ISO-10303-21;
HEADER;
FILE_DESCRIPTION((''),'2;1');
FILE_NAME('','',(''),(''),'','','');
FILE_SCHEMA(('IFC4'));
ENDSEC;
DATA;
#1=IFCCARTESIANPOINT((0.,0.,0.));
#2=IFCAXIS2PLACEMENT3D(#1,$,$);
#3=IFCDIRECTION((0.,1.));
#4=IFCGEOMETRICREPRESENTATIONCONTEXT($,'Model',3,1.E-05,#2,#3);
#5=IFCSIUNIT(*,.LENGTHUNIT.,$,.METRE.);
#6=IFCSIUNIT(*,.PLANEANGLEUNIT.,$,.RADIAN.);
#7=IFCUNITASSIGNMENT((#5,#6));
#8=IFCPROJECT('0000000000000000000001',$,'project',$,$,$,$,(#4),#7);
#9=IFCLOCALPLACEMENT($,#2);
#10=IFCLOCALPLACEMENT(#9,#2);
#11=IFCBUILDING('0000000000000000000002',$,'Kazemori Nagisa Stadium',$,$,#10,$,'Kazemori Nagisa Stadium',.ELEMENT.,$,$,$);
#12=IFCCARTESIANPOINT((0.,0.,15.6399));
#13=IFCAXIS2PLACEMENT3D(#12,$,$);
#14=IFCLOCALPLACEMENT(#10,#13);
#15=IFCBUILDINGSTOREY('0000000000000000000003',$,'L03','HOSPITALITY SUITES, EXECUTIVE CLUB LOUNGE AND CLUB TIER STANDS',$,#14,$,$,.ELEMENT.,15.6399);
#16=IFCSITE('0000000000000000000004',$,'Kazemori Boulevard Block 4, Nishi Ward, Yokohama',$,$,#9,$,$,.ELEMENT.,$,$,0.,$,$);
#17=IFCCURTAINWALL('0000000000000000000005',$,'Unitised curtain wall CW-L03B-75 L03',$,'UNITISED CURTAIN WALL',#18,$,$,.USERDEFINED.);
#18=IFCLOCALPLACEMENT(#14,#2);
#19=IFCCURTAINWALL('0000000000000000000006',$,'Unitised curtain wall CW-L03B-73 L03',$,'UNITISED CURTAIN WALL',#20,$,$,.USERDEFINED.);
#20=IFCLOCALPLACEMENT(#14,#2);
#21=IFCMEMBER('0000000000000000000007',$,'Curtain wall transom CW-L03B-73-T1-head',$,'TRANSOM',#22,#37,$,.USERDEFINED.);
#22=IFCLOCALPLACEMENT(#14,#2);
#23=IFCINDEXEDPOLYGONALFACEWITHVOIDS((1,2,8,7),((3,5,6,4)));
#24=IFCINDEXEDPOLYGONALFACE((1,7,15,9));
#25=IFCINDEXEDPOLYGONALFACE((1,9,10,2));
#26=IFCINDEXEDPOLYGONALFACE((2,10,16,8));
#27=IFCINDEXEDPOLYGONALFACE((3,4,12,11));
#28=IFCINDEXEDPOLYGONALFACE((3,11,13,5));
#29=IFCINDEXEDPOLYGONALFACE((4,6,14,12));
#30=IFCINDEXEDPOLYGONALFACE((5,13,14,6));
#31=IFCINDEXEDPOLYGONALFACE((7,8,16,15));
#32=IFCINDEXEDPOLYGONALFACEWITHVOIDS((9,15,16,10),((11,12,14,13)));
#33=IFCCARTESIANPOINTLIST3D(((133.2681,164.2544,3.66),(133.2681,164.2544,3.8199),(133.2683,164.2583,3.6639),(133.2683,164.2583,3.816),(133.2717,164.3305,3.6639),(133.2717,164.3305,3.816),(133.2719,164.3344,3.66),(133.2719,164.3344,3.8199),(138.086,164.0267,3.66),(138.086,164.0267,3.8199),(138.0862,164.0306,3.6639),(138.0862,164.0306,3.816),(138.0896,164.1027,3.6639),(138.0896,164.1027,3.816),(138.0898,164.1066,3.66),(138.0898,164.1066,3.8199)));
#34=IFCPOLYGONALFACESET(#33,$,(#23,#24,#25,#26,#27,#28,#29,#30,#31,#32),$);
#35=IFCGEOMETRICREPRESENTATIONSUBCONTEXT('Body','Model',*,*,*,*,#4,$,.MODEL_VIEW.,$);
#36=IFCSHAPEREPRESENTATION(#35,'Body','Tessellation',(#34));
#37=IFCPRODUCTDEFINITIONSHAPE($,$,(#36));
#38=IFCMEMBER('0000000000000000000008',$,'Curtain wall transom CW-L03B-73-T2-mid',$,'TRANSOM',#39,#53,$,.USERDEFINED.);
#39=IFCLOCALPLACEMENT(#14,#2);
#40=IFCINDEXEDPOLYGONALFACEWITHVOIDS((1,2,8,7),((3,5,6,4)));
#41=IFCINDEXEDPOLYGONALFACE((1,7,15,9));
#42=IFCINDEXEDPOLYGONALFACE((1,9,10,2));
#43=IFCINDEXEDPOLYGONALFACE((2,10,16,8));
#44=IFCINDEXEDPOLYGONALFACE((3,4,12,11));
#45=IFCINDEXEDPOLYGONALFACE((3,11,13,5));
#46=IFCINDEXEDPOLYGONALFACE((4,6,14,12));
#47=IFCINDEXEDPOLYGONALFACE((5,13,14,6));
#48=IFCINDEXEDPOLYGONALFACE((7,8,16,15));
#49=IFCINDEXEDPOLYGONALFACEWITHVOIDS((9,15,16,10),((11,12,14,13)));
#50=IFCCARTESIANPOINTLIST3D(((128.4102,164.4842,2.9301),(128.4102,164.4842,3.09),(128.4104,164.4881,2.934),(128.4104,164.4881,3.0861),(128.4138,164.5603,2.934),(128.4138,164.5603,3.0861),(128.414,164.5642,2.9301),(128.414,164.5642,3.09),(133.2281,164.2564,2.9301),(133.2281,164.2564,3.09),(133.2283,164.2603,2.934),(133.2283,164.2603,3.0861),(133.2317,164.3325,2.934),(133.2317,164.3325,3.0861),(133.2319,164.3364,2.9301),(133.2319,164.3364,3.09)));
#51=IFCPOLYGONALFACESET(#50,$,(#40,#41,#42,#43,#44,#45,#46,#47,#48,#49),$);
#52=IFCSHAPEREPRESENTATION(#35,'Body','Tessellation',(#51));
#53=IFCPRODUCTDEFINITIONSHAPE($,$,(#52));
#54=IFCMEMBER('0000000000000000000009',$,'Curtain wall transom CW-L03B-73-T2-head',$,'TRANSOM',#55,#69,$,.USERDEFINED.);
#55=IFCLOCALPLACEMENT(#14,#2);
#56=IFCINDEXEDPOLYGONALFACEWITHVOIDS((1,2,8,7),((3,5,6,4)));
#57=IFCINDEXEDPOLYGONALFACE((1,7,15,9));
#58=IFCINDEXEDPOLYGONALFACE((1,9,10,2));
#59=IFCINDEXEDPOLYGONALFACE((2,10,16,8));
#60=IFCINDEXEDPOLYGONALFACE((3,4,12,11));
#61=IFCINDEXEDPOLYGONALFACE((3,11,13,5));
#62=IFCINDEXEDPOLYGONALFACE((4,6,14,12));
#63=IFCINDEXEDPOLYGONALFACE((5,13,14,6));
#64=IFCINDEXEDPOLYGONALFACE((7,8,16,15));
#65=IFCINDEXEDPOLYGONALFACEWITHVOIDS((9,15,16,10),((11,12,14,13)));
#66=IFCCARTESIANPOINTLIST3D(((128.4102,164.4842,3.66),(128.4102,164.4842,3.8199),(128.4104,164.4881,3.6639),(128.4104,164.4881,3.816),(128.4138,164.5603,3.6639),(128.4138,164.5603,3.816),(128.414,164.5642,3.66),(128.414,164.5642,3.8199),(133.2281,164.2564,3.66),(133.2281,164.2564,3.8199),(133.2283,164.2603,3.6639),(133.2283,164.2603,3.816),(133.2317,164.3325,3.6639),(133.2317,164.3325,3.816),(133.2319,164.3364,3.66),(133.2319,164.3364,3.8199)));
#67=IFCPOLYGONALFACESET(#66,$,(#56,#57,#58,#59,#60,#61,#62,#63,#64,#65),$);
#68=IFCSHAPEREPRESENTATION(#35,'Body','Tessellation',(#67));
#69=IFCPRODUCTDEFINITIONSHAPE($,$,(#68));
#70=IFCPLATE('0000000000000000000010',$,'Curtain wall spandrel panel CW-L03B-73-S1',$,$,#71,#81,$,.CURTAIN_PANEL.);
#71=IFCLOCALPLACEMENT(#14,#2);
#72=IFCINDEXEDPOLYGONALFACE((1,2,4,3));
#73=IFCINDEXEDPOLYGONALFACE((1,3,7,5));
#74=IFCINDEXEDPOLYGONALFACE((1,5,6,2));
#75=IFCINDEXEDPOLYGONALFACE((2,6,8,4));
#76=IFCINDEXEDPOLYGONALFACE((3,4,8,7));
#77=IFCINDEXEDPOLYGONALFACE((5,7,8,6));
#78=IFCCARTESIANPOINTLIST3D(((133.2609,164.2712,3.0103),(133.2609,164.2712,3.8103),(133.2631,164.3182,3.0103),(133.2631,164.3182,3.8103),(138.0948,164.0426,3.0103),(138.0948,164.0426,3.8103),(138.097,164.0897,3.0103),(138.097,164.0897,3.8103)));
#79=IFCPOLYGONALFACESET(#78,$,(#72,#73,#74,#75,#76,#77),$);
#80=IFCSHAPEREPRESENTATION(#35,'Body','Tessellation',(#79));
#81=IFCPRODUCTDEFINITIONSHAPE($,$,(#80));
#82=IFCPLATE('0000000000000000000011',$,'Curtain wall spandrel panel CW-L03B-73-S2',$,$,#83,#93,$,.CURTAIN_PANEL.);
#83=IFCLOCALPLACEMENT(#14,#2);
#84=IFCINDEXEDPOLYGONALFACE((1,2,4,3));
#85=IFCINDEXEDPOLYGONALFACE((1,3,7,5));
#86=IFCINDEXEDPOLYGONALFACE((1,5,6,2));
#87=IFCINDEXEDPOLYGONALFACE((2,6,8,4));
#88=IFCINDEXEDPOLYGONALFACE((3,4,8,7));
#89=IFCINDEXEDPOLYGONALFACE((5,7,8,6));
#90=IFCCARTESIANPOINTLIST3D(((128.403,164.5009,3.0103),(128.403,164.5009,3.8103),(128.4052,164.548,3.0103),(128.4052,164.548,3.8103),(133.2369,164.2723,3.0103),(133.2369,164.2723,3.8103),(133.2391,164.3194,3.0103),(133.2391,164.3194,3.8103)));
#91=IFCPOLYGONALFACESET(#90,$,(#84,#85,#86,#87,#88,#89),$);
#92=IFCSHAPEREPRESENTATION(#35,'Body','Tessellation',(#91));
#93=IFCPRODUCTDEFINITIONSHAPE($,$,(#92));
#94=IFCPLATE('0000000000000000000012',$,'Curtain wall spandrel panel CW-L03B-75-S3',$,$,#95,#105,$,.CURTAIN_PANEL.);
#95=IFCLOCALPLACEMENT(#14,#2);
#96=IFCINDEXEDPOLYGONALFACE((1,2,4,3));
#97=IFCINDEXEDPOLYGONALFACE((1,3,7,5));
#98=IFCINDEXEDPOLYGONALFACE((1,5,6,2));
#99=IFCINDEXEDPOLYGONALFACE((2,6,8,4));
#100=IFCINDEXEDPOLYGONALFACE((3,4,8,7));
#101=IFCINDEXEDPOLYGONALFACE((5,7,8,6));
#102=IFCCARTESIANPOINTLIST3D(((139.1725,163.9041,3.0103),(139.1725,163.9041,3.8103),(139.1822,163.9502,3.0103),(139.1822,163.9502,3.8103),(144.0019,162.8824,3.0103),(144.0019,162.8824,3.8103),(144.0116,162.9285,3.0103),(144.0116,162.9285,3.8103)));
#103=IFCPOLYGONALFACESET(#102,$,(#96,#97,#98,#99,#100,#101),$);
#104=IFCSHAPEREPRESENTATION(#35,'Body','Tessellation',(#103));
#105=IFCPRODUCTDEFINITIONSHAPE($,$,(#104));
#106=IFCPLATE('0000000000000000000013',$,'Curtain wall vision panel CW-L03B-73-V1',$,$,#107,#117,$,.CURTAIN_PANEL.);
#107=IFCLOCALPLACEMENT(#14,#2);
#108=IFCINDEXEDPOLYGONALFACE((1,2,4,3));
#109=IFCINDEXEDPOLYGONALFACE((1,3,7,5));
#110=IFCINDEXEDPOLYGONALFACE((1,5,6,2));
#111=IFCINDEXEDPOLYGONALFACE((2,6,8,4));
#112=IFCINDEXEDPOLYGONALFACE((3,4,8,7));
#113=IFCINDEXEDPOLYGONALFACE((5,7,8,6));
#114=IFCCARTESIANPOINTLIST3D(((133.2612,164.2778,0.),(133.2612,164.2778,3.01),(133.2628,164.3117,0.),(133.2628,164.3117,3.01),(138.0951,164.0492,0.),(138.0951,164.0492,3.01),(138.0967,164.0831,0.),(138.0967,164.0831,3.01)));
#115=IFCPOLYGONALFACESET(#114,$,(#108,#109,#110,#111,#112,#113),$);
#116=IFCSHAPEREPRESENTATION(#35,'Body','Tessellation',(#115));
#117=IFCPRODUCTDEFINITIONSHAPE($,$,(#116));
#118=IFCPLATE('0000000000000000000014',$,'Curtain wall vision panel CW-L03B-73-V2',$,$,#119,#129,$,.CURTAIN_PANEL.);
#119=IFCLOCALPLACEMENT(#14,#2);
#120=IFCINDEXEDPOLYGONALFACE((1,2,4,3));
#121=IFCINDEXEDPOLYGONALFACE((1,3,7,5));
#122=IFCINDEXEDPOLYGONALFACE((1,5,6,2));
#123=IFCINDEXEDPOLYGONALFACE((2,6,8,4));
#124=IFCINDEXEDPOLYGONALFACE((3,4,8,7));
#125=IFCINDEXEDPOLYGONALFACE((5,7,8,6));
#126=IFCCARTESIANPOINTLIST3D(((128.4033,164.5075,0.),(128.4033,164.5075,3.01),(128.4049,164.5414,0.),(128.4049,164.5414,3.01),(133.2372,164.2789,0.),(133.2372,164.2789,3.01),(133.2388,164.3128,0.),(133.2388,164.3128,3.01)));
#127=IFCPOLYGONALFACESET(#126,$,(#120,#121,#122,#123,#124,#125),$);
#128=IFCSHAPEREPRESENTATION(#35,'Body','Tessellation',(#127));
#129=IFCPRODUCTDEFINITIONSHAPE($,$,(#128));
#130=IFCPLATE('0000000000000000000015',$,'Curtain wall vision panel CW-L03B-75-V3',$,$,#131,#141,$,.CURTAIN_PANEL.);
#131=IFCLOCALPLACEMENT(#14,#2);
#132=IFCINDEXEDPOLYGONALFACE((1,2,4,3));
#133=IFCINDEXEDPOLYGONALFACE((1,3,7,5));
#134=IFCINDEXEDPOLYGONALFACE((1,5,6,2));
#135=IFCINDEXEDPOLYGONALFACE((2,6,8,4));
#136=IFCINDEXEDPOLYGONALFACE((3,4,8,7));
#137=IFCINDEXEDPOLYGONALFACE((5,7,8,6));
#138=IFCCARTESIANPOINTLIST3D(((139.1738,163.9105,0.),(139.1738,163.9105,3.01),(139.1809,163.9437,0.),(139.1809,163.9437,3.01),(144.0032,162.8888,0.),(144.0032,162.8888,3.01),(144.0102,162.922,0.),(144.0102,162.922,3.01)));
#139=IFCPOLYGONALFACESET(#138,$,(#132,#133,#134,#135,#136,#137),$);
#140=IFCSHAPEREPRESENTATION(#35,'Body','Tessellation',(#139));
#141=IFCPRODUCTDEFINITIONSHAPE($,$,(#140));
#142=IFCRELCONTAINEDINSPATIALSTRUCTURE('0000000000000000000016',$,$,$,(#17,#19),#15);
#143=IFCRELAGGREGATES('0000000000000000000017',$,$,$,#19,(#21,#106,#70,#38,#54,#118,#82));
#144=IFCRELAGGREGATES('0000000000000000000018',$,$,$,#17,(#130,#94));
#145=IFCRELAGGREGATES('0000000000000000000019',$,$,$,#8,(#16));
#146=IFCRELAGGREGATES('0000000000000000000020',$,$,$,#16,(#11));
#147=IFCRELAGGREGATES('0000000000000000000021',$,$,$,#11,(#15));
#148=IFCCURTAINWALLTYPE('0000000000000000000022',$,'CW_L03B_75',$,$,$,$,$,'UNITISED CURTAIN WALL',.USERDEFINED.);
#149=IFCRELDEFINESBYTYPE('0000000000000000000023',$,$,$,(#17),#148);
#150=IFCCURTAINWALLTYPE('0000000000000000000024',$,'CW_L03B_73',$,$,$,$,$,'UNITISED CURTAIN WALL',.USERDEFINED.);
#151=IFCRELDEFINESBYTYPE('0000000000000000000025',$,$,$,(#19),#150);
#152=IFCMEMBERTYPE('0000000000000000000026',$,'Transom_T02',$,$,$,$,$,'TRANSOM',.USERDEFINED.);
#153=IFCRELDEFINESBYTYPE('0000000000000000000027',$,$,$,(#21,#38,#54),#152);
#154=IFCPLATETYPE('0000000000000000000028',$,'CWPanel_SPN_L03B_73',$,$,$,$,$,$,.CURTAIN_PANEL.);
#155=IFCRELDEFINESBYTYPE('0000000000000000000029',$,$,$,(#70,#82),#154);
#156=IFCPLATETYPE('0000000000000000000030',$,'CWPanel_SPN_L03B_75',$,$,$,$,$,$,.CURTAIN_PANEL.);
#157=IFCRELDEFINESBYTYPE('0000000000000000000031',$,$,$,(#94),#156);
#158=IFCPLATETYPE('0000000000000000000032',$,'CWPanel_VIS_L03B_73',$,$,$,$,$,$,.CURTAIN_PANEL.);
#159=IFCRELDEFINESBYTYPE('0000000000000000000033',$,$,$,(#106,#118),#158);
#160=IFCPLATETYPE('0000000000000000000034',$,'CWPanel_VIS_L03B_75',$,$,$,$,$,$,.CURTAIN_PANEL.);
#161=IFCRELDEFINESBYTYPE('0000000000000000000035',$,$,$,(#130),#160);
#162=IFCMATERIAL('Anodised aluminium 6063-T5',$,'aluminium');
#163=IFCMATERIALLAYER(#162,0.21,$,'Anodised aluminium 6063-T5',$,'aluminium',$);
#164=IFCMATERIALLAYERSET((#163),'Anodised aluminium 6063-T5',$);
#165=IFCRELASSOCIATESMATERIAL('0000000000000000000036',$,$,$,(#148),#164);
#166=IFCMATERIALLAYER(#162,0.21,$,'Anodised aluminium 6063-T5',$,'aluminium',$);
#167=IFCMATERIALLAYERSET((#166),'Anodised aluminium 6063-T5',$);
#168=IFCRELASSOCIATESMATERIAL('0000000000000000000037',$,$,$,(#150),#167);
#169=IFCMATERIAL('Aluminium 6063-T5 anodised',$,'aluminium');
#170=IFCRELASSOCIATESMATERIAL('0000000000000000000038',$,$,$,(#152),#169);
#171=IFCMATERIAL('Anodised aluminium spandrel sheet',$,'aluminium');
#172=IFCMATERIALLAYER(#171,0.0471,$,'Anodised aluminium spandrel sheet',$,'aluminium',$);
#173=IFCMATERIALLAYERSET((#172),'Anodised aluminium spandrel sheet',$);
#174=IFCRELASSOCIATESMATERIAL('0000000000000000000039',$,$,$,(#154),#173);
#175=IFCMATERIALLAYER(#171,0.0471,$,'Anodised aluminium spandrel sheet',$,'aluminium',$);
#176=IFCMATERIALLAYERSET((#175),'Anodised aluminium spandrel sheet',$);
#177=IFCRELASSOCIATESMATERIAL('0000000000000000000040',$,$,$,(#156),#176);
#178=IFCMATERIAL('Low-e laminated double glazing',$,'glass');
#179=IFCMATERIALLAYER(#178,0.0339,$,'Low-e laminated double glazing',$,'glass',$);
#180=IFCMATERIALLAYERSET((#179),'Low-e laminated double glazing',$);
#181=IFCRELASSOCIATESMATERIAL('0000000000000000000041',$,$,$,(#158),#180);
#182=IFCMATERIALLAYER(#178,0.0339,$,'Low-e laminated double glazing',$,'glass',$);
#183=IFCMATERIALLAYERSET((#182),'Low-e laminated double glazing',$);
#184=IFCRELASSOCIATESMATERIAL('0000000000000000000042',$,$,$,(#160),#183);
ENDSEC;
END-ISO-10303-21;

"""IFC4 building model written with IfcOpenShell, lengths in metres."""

from ifc_helpers import new_model, si_unit, direction, frame, origin, origin_2d, place, context, subcontext, project, spatial, rectangle, hollow_rectangle, extrude, material, layer, layer_set, material_profile, profile_set, type_object, element, aggregate, save


model = new_model("IFC4")

# Units and contexts
model_context = context("Model", 3, precision=1e-05, world=origin(), true_north=direction((0.0, 1.0)))
body_context = subcontext(model_context, "Body", "Model", "MODEL_VIEW")
ifc_project = project(units=[si_unit("LENGTHUNIT", "METRE"), si_unit("PLANEANGLEUNIT", "RADIAN")], contexts=[model_context])

# Site, building, storey
site_placement = place(None, origin())
site = spatial("IfcSite", under=ifc_project, at=site_placement, Name="Kazemori Boulevard Block 4, Nishi Ward, Yokohama", CompositionType="ELEMENT", RefElevation=0.0)
building_placement = place(site_placement, origin())
building = spatial("IfcBuilding", under=site, at=building_placement, Name="Kazemori Nagisa Stadium", LongName="Kazemori Nagisa Stadium", CompositionType="ELEMENT")
storey_placement = place(building_placement, frame((0.0, 0.0, 15.6399)))
storey = spatial("IfcBuildingStorey", under=building, at=storey_placement, Name="L03", Description="HOSPITALITY SUITES, EXECUTIVE CLUB LOUNGE AND CLUB TIER STANDS", CompositionType="ELEMENT", Elevation=15.6399)

# Curtain wall
ifc_material_1 = material(Name="Anodised aluminium 6063-T5", Category="aluminium")
ifc_layer_1 = layer(ifc_material_1, 0.21, Name="Anodised aluminium 6063-T5", Category="aluminium")
ifc_layer_set_1 = layer_set([ifc_layer_1], Name="Anodised aluminium 6063-T5")
curtain_wall_type_1 = type_object("IfcCurtainWallType", Name="CW_L03B_75", ElementType="UNITISED CURTAIN WALL", PredefinedType="USERDEFINED", material=ifc_layer_set_1)
curtain_wall_1_placement = place(storey_placement, origin())
curtain_wall_1 = element("IfcCurtainWall", 1, at=curtain_wall_1_placement, inside=storey, type_object=curtain_wall_type_1, Name="Unitised curtain wall CW-L03B-75 L03", ObjectType="UNITISED CURTAIN WALL", PredefinedType="USERDEFINED")
ifc_material_2 = material(Name="Aluminium 6063-T5 anodised", Category="aluminium")

# Curtain wall
ifc_layer_2 = layer(ifc_material_1, 0.21, Name="Anodised aluminium 6063-T5", Category="aluminium")
ifc_layer_set_2 = layer_set([ifc_layer_2], Name="Anodised aluminium 6063-T5")
curtain_wall_type_2 = type_object("IfcCurtainWallType", Name="CW_L03B_73", ElementType="UNITISED CURTAIN WALL", PredefinedType="USERDEFINED", material=ifc_layer_set_2)
curtain_wall_2_placement = place(storey_placement, origin())
curtain_wall_2 = element("IfcCurtainWall", 2, at=curtain_wall_2_placement, inside=storey, type_object=curtain_wall_type_2, Name="Unitised curtain wall CW-L03B-73 L03", ObjectType="UNITISED CURTAIN WALL", PredefinedType="USERDEFINED")

# Members
ifc_material_profile_1 = material_profile(ifc_material_2, hollow_rectangle(XDim=0.0801, YDim=0.1599, WallThickness=0.0039, at=origin_2d()), Name="ALU-TRAN-80x160x4")
ifc_profile_set_1 = profile_set([ifc_material_profile_1], Name="Aluminium 6063-T5 anodised")
member_type_1 = type_object("IfcMemberType", Name="Transom_T02", ElementType="TRANSOM", PredefinedType="USERDEFINED", material=ifc_profile_set_1)
member_1_placement = place(storey_placement, frame((138.0879, 164.0667, 3.74), z_axis=(-0.998884, 0.047226, 0.0), x_axis=(-0.047226, -0.998884, 0.0)))
member_1 = element("IfcMember", 3, at=member_1_placement, type_object=member_type_1, Name="Curtain wall transom CW-L03B-73-T1-head", ObjectType="TRANSOM", PredefinedType="USERDEFINED", context=body_context, shape_type="SweptSolid", body=[
    extrude(hollow_rectangle(XDim=0.0801, YDim=0.1599, WallThickness=0.0039, at=origin_2d()), origin(), (0.0, 0.0, 1.0), 4.8232),
])
member_2_placement = place(storey_placement, frame((133.23, 164.2964, 3.01), z_axis=(-0.998884, 0.047226, 0.0), x_axis=(-0.047226, -0.998884, 0.0)))
member_2 = element("IfcMember", 4, at=member_2_placement, type_object=member_type_1, Name="Curtain wall transom CW-L03B-73-T2-mid", ObjectType="TRANSOM", PredefinedType="USERDEFINED", context=body_context, shape_type="SweptSolid", body=[
    extrude(hollow_rectangle(XDim=0.0801, YDim=0.1599, WallThickness=0.0039, at=origin_2d()), origin(), (0.0, 0.0, 1.0), 4.8232),
])
member_3_placement = place(storey_placement, frame((133.23, 164.2964, 3.74), z_axis=(-0.998884, 0.047226, 0.0), x_axis=(-0.047226, -0.998884, 0.0)))
member_3 = element("IfcMember", 5, at=member_3_placement, type_object=member_type_1, Name="Curtain wall transom CW-L03B-73-T2-head", ObjectType="TRANSOM", PredefinedType="USERDEFINED", context=body_context, shape_type="SweptSolid", body=[
    extrude(hollow_rectangle(XDim=0.0801, YDim=0.1599, WallThickness=0.0039, at=origin_2d()), origin(), (0.0, 0.0, 1.0), 4.8232),
])

# Plates
ifc_material_3 = material(Name="Anodised aluminium spandrel sheet", Category="aluminium")
ifc_layer_3 = layer(ifc_material_3, 0.0471, Name="Anodised aluminium spandrel sheet", Category="aluminium")
ifc_layer_set_3 = layer_set([ifc_layer_3], Name="Anodised aluminium spandrel sheet")
plate_type_1 = type_object("IfcPlateType", Name="CWPanel_SPN_L03B_73", PredefinedType="CURTAIN_PANEL", material=ifc_layer_set_3)
plate_1_placement = place(storey_placement, frame((135.679, 164.1804, 3.0103), z_axis=(0.0, 0.0, 1.0), x_axis=(-0.998884, 0.04723, 0.0)))
plate_1 = element("IfcPlate", 6, at=plate_1_placement, type_object=plate_type_1, Name="Curtain wall spandrel panel CW-L03B-73-S1", PredefinedType="CURTAIN_PANEL", context=body_context, shape_type="SweptSolid", body=[
    extrude(rectangle(XDim=4.8394, YDim=0.0471, at=origin_2d()), origin(), (0.0, 0.0, 1.0), 0.8),
])
plate_2_placement = place(storey_placement, frame((130.821, 164.4102, 3.0103), z_axis=(0.0, 0.0, 1.0), x_axis=(-0.998884, 0.04723, 0.0)))
plate_2 = element("IfcPlate", 7, at=plate_2_placement, type_object=plate_type_1, Name="Curtain wall spandrel panel CW-L03B-73-S2", PredefinedType="CURTAIN_PANEL", context=body_context, shape_type="SweptSolid", body=[
    extrude(rectangle(XDim=4.8394, YDim=0.0471, at=origin_2d()), origin(), (0.0, 0.0, 1.0), 0.8),
])
ifc_layer_4 = layer(ifc_material_3, 0.0471, Name="Anodised aluminium spandrel sheet", Category="aluminium")
ifc_layer_set_4 = layer_set([ifc_layer_4], Name="Anodised aluminium spandrel sheet")
plate_type_2 = type_object("IfcPlateType", Name="CWPanel_SPN_L03B_75", PredefinedType="CURTAIN_PANEL", material=ifc_layer_set_4)
plate_3_placement = place(storey_placement, frame((141.592, 163.4163, 3.0103), z_axis=(0.0, 0.0, 1.0), x_axis=(-0.978345, 0.206981, 0.0)))
plate_3 = element("IfcPlate", 8, at=plate_3_placement, type_object=plate_type_2, Name="Curtain wall spandrel panel CW-L03B-75-S3", PredefinedType="CURTAIN_PANEL", context=body_context, shape_type="SweptSolid", body=[
    extrude(rectangle(XDim=4.9363, YDim=0.0471, at=origin_2d()), origin(), (0.0, 0.0, 1.0), 0.8),
])
ifc_material_4 = material(Name="Low-e laminated double glazing", Category="glass")
ifc_layer_5 = layer(ifc_material_4, 0.0339, Name="Low-e laminated double glazing", Category="glass")
ifc_layer_set_5 = layer_set([ifc_layer_5], Name="Low-e laminated double glazing")
plate_type_3 = type_object("IfcPlateType", Name="CWPanel_VIS_L03B_73", PredefinedType="CURTAIN_PANEL", material=ifc_layer_set_5)
plate_4_placement = place(storey_placement, frame((135.679, 164.1804, 0.0), z_axis=(0.0, 0.0, 1.0), x_axis=(-0.998884, 0.04723, 0.0)))
plate_4 = element("IfcPlate", 9, at=plate_4_placement, type_object=plate_type_3, Name="Curtain wall vision panel CW-L03B-73-V1", PredefinedType="CURTAIN_PANEL", context=body_context, shape_type="SweptSolid", body=[
    extrude(rectangle(XDim=4.8394, YDim=0.0339, at=origin_2d()), origin(), (0.0, 0.0, 1.0), 3.01),
])
plate_5_placement = place(storey_placement, frame((130.821, 164.4102, 0.0), z_axis=(0.0, 0.0, 1.0), x_axis=(-0.998884, 0.04723, 0.0)))
plate_5 = element("IfcPlate", 10, at=plate_5_placement, type_object=plate_type_3, Name="Curtain wall vision panel CW-L03B-73-V2", PredefinedType="CURTAIN_PANEL", context=body_context, shape_type="SweptSolid", body=[
    extrude(rectangle(XDim=4.8394, YDim=0.0339, at=origin_2d()), origin(), (0.0, 0.0, 1.0), 3.01),
])
aggregate(curtain_wall_2, [member_1, plate_4, plate_1, member_2, member_3, plate_5, plate_2])
ifc_layer_6 = layer(ifc_material_4, 0.0339, Name="Low-e laminated double glazing", Category="glass")
ifc_layer_set_6 = layer_set([ifc_layer_6], Name="Low-e laminated double glazing")
plate_type_4 = type_object("IfcPlateType", Name="CWPanel_VIS_L03B_75", PredefinedType="CURTAIN_PANEL", material=ifc_layer_set_6)
plate_6_placement = place(storey_placement, frame((141.592, 163.4163, 0.0), z_axis=(0.0, 0.0, 1.0), x_axis=(-0.978345, 0.206981, 0.0)))
plate_6 = element("IfcPlate", 11, at=plate_6_placement, type_object=plate_type_4, Name="Curtain wall vision panel CW-L03B-75-V3", PredefinedType="CURTAIN_PANEL", context=body_context, shape_type="SweptSolid", body=[
    extrude(rectangle(XDim=4.9363, YDim=0.0339, at=origin_2d()), origin(), (0.0, 0.0, 1.0), 3.01),
])
aggregate(curtain_wall_1, [plate_6, plate_3])

save(model, "model.ifc")
